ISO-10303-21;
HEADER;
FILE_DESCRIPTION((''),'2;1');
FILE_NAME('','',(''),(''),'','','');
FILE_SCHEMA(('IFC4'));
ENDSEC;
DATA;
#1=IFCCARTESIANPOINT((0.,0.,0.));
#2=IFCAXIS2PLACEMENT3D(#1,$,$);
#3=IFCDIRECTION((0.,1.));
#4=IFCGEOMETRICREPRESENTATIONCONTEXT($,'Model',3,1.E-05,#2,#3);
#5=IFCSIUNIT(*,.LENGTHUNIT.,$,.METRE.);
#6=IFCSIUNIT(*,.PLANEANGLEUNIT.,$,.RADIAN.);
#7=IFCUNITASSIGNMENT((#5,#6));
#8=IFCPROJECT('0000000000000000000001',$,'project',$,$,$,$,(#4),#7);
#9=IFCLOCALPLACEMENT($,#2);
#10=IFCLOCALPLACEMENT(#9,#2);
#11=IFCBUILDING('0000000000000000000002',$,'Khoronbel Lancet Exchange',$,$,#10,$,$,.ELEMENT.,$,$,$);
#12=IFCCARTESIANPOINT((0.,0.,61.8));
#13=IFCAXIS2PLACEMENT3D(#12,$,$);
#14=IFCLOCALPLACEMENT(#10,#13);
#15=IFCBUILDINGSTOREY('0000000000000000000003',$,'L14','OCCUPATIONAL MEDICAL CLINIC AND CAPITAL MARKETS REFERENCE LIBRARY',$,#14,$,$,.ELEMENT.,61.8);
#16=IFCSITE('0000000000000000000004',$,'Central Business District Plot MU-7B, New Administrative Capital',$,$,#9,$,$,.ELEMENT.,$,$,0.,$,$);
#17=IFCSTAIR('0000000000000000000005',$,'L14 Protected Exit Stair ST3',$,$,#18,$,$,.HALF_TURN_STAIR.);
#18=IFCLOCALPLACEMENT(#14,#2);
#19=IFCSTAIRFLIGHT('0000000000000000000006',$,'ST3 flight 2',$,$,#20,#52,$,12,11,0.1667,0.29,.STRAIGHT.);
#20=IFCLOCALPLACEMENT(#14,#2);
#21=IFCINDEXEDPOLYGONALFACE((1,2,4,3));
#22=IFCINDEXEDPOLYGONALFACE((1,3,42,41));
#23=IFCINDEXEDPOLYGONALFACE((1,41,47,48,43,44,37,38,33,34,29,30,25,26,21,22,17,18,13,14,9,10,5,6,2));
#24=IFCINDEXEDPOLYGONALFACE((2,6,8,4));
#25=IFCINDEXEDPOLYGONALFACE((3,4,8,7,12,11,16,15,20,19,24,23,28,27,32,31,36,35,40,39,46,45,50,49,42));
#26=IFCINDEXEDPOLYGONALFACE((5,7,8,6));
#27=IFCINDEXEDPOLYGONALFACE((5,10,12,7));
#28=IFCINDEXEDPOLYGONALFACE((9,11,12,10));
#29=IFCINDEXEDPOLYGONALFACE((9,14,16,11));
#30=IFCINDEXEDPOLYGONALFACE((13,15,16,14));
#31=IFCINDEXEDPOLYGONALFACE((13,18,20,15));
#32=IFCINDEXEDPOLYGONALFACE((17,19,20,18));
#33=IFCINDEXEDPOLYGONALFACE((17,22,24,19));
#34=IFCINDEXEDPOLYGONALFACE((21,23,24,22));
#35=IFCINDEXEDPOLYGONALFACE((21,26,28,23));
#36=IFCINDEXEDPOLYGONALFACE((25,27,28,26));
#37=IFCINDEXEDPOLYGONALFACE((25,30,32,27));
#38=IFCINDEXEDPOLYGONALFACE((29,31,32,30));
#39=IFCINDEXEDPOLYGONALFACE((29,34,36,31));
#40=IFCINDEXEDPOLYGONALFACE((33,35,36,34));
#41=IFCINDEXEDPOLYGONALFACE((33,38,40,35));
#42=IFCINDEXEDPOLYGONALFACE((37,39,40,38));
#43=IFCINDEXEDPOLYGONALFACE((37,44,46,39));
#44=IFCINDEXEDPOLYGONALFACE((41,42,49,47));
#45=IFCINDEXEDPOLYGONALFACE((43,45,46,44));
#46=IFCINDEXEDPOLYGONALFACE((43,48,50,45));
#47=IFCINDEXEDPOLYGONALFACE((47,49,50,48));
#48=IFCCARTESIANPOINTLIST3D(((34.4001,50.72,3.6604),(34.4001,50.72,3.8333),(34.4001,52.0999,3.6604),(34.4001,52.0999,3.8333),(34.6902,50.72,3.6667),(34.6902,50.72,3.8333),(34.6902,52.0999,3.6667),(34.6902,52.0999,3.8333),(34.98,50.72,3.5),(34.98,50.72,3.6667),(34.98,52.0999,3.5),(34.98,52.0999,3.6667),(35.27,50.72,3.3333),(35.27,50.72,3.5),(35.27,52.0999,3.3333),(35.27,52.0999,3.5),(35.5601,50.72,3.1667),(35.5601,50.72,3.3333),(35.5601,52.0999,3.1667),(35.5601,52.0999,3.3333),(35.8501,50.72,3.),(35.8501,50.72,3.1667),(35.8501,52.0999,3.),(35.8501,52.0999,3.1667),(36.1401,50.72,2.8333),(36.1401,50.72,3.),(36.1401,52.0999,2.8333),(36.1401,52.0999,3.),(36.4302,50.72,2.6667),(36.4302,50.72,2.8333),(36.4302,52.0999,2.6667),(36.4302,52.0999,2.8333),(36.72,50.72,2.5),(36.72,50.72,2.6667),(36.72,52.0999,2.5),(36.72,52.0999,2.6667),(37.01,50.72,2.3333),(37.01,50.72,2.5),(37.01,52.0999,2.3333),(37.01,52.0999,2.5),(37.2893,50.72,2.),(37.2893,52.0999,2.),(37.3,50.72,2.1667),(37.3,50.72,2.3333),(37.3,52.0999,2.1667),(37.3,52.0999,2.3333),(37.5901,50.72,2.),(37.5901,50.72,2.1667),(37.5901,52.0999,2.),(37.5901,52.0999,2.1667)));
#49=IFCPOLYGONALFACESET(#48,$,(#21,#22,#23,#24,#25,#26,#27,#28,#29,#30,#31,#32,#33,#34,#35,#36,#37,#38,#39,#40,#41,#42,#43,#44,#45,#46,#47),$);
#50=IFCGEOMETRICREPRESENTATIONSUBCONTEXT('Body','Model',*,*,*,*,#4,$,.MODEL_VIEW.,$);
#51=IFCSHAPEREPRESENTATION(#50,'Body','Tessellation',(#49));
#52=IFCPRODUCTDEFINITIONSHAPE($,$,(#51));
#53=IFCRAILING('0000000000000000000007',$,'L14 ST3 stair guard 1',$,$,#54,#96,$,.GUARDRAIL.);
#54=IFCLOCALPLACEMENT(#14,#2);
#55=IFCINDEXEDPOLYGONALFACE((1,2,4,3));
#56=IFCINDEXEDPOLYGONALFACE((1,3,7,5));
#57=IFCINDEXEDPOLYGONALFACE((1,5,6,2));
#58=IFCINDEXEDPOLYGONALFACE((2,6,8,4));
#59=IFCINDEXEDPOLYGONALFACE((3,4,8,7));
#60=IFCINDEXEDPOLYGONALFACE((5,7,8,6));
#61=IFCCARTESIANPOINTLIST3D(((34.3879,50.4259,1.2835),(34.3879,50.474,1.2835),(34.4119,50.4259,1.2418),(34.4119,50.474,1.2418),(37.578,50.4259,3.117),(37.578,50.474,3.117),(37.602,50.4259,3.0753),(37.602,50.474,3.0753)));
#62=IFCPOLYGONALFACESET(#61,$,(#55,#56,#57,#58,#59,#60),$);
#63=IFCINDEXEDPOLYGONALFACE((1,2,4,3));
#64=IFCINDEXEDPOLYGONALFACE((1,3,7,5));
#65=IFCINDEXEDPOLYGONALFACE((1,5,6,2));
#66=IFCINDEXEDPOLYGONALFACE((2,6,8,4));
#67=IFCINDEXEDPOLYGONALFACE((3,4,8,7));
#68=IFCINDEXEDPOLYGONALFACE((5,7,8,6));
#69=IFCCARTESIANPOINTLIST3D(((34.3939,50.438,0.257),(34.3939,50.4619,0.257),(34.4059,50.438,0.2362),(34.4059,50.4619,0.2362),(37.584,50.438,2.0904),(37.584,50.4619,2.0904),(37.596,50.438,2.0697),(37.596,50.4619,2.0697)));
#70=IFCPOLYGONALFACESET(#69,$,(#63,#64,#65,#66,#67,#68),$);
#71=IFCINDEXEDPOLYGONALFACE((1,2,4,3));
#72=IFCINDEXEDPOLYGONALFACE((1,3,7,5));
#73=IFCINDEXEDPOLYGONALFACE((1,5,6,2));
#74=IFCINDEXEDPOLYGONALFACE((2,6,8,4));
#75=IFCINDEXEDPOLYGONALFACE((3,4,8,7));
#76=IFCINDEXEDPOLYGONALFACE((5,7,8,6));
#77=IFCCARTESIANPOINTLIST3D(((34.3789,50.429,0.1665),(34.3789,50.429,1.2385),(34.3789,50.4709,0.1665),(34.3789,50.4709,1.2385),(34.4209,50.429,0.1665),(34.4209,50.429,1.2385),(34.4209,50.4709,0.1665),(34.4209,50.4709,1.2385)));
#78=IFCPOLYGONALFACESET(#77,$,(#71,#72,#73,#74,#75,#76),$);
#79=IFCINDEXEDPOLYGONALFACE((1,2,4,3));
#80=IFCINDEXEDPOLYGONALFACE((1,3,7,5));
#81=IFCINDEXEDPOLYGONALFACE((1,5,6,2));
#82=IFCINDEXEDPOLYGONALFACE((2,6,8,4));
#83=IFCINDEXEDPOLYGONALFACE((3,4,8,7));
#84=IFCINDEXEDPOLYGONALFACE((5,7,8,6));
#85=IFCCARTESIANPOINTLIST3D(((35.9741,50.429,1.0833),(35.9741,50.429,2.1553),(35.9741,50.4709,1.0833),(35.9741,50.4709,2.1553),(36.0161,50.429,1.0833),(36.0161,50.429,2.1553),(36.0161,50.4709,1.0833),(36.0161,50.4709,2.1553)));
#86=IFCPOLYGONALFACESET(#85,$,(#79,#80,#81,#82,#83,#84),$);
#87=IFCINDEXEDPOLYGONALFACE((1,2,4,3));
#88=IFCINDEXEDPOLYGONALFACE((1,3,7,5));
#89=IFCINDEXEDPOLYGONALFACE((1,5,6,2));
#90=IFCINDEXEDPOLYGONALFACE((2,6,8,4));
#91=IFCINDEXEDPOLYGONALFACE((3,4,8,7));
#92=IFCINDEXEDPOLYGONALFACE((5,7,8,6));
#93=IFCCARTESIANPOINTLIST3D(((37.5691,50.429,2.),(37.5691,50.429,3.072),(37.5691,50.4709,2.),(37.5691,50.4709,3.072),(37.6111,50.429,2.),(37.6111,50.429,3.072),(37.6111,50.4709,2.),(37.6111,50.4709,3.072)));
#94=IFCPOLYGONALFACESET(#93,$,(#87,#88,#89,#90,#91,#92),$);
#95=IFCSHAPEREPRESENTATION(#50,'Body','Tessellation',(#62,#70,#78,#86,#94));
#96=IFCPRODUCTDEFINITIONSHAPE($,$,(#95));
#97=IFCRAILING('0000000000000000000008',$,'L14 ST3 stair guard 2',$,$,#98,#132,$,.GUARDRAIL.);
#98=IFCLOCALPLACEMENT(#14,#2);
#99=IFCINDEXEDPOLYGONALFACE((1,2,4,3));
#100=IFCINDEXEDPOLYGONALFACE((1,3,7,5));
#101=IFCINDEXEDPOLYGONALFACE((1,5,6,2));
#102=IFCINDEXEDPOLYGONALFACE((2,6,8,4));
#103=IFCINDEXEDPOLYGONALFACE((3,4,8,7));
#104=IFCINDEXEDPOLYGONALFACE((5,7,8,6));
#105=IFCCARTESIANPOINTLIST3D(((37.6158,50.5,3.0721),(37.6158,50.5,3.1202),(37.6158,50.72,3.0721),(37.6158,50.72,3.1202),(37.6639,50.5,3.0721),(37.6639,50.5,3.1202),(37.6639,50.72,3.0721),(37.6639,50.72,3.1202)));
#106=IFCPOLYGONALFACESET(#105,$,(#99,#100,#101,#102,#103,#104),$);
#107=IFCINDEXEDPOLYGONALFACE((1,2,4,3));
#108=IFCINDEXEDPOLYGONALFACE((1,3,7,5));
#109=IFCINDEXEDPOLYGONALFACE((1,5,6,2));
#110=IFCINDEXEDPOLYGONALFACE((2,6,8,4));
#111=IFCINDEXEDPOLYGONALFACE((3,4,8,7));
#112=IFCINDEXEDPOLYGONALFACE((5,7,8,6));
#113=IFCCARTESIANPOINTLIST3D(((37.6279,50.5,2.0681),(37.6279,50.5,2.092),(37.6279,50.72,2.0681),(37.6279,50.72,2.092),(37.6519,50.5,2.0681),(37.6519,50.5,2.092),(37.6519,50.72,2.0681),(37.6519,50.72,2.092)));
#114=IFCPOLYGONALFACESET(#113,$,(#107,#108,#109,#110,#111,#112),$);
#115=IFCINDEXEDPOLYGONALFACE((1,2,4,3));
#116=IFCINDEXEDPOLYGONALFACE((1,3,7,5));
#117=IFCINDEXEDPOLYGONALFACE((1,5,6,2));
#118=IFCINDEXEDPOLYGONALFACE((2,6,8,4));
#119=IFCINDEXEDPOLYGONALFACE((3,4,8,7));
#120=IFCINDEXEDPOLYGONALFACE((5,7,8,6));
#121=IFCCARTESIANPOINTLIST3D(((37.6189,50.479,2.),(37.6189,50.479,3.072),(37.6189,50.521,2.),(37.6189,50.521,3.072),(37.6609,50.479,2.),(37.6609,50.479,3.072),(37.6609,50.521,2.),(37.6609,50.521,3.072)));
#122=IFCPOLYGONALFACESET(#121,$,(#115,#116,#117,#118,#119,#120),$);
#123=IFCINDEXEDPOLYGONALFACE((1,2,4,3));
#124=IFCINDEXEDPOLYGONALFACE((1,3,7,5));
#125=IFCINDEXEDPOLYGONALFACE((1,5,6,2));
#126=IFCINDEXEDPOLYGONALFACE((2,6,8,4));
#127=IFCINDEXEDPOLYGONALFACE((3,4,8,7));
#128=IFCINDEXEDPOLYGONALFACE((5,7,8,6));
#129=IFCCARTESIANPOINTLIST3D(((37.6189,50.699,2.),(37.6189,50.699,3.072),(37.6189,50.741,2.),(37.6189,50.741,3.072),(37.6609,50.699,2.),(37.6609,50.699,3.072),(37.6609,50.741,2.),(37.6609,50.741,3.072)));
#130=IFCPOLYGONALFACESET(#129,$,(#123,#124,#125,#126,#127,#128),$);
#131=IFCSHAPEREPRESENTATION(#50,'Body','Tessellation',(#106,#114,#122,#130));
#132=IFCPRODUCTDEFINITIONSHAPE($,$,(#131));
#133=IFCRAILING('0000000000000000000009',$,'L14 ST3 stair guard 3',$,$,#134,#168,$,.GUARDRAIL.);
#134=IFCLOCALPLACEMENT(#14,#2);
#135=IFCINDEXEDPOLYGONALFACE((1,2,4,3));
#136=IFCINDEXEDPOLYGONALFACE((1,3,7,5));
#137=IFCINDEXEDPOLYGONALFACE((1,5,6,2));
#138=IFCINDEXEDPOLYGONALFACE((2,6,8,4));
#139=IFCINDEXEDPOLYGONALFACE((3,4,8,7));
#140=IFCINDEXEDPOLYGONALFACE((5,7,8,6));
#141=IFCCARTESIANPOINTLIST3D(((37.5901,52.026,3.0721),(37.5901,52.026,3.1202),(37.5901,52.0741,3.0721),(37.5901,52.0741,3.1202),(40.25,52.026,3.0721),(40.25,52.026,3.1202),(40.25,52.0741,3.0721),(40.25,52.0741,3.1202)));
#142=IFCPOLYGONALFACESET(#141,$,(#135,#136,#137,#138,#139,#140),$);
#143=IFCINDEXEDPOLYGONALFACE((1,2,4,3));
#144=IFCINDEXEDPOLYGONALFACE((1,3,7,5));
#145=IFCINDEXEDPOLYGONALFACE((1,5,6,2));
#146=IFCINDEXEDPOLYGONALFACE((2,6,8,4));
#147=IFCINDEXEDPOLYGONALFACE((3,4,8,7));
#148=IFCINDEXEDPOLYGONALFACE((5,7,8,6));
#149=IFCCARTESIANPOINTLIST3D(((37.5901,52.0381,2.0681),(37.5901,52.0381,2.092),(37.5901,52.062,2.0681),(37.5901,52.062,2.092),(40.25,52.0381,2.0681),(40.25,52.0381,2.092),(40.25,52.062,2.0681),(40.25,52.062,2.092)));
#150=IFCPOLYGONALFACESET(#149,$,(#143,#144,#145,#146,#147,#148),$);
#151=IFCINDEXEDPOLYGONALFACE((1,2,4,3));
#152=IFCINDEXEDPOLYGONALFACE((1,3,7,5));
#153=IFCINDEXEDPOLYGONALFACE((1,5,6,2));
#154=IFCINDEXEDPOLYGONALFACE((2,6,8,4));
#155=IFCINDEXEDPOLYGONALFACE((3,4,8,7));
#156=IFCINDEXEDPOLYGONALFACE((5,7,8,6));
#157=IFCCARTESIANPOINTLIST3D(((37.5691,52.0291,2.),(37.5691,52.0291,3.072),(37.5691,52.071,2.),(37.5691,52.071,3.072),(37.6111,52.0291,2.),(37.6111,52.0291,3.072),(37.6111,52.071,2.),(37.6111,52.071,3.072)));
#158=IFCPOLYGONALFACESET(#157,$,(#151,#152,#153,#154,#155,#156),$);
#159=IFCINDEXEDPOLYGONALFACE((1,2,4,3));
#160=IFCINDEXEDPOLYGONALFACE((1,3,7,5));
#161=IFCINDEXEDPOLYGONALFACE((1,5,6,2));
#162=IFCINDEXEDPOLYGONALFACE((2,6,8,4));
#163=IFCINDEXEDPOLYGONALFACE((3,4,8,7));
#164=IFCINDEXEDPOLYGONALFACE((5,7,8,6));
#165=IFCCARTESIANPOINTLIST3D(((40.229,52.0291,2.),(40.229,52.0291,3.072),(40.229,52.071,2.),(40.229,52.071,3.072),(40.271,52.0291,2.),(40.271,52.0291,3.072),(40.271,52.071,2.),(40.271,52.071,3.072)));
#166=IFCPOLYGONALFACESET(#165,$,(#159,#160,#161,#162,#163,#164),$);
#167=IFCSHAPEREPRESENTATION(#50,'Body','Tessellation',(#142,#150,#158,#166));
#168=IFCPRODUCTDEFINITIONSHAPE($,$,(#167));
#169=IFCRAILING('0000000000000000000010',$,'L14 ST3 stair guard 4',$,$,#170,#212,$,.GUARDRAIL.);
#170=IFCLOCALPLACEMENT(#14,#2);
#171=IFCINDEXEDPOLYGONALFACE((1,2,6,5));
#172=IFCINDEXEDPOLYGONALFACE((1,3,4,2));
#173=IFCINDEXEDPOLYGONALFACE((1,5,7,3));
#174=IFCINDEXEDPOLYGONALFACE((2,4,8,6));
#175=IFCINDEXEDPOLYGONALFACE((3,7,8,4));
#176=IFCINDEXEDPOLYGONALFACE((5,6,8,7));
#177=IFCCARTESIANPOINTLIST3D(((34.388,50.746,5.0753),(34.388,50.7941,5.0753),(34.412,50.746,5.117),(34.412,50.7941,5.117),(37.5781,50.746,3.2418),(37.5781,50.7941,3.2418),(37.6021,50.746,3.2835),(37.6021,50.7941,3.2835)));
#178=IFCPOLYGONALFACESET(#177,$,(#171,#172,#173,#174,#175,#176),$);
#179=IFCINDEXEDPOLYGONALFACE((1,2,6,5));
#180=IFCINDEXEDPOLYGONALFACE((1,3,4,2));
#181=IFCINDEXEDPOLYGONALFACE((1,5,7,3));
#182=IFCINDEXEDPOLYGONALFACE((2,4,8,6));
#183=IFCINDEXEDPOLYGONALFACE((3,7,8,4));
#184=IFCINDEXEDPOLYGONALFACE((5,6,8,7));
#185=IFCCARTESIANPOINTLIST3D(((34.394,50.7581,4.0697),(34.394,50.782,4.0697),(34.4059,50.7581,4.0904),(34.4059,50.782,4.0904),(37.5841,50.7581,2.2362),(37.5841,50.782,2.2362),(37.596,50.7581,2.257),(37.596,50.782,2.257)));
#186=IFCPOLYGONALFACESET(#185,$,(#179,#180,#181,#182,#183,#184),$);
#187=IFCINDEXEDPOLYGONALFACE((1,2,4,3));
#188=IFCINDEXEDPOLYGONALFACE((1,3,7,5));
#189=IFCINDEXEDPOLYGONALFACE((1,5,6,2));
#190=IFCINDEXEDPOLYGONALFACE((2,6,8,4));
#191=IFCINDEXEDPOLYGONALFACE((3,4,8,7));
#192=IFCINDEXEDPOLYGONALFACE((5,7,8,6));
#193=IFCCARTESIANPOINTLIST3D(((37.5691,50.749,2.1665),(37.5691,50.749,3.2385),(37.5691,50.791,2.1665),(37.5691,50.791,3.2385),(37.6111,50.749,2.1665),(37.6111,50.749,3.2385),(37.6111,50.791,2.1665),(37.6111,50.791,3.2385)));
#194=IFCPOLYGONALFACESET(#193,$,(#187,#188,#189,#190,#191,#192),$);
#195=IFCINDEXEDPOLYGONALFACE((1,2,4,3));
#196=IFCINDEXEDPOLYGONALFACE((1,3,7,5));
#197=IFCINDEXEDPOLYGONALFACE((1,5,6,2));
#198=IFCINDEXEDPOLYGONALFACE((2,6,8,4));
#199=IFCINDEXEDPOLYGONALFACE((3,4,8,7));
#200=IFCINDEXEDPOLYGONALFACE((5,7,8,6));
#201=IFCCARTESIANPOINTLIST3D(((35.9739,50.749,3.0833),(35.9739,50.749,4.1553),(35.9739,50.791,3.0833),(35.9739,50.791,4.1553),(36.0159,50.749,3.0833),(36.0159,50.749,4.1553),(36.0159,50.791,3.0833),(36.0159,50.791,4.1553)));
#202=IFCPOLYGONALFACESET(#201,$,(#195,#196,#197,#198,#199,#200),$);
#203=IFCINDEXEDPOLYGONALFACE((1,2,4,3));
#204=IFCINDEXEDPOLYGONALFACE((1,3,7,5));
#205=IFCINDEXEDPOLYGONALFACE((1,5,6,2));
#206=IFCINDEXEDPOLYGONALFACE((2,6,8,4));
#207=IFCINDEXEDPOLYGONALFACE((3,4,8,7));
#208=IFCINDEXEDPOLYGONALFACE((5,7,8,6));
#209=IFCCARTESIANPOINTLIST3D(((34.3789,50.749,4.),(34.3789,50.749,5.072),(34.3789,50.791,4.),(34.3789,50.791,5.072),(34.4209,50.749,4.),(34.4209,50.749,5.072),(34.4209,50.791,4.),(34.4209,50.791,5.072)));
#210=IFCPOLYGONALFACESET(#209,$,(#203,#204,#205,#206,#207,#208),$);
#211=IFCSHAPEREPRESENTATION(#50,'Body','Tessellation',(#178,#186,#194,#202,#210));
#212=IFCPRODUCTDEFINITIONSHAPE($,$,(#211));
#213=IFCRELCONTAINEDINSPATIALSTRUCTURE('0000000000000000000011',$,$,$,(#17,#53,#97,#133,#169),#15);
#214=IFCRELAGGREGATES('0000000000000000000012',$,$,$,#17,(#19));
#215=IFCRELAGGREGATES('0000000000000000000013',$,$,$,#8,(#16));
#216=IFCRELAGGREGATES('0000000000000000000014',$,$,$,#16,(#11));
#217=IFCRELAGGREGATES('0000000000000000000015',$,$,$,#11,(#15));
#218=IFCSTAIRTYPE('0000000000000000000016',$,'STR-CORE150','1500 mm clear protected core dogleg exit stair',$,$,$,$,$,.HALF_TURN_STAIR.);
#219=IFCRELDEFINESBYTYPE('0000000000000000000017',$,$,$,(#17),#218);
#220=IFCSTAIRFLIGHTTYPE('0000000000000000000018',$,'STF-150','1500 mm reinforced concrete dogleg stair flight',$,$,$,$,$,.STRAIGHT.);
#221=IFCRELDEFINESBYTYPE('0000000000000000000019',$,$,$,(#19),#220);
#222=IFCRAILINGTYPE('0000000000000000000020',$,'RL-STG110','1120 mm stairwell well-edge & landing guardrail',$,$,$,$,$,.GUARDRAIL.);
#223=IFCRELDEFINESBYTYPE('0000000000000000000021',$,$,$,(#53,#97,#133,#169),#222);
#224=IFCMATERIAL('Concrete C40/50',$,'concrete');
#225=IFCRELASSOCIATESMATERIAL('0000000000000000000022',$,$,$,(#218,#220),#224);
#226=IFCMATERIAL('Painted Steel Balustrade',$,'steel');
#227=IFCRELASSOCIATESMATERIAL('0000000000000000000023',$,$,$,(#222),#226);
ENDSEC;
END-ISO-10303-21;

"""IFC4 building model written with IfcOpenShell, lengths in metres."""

from ifc_helpers import new_model, si_unit, direction, frame, origin, origin_2d, place, context, subcontext, project, spatial, polyline, rectangle, outline, extrude, material, type_object, element, aggregate, save


model = new_model("IFC4")

# Units and contexts
model_context = context("Model", 3, precision=1e-05, world=origin(), true_north=direction((0.0, 1.0)))
body_context = subcontext(model_context, "Body", "Model", "MODEL_VIEW")
ifc_project = project(units=[si_unit("LENGTHUNIT", "METRE"), si_unit("PLANEANGLEUNIT", "RADIAN")], contexts=[model_context])

# Site, building, storey
site_placement = place(None, origin())
site = spatial("IfcSite", under=ifc_project, at=site_placement, Name="Central Business District Plot MU-7B, New Administrative Capital", CompositionType="ELEMENT", RefElevation=0.0)
building_placement = place(site_placement, origin())
building = spatial("IfcBuilding", under=site, at=building_placement, Name="Khoronbel Lancet Exchange", CompositionType="ELEMENT")
storey_placement = place(building_placement, frame((0.0, 0.0, 61.8)))
storey = spatial("IfcBuildingStorey", under=building, at=storey_placement, Name="L14", Description="OCCUPATIONAL MEDICAL CLINIC AND CAPITAL MARKETS REFERENCE LIBRARY", CompositionType="ELEMENT", Elevation=61.8)

# Stair, stair flight
ifc_material_1 = material(Name="Concrete C40/50", Category="concrete")
stair_type = type_object("IfcStairType", Name="STR-CORE150", Description="1500 mm clear protected core dogleg exit stair", PredefinedType="HALF_TURN_STAIR", material=ifc_material_1)
stair_placement = place(storey_placement, origin())
stair = element("IfcStair", 1, at=stair_placement, inside=storey, type_object=stair_type, Name="L14 Protected Exit Stair ST3", PredefinedType="HALF_TURN_STAIR")
stair_flight_type = type_object("IfcStairFlightType", Name="STF-150", Description="1500 mm reinforced concrete dogleg stair flight", PredefinedType="STRAIGHT", material=ifc_material_1)
stair_flight_1_placement = place(storey_placement, frame((37.5901, 51.4099, 2.0), z_axis=(0.0, 0.0, 1.0), x_axis=(-1.0, 0.0, 0.0)))
stair_flight_1 = element("IfcStairFlight", 2, at=stair_flight_1_placement, type_object=stair_flight_type, Name="ST3 flight 2", NumberOfRisers=12, NumberOfTreads=11, PredefinedType="STRAIGHT", RiserHeight=0.1667, TreadLength=0.29, context=body_context, shape_type="SweptSolid", body=[
    extrude(outline(polyline([(0.0, 0.0), (0.0, 0.1667), (0.29, 0.1667), (0.29, 0.3333), (0.5801, 0.3333), (0.5801, 0.5), (0.8701, 0.5), (0.8701, 0.6667), (1.1599, 0.6667), (1.1599, 0.8333), (1.45, 0.8333), (1.45, 1.0), (1.74, 1.0), (1.74, 1.1667), (2.03, 1.1667), (2.03, 1.3333), (2.3201, 1.3333), (2.3201, 1.5), (2.6101, 1.5), (2.6101, 1.6667), (2.8999, 1.6667), (2.8999, 1.8333), (3.1899, 1.8333), (3.1899, 2.0), (3.1899, 1.6604), (0.3008, 0.0), (0.0, 0.0)])), frame((0.0, 0.6899, 0.0), z_axis=(0.0, -1.0, 0.0), x_axis=(1.0, 0.0, 0.0)), (0.0, 0.0, 1.0), 1.3799),
])
aggregate(stair, [stair_flight_1])

# Railings
ifc_material_2 = material(Name="Painted Steel Balustrade", Category="steel")
railing_type_1 = type_object("IfcRailingType", Name="RL-STG110", Description="1120 mm stairwell well-edge & landing guardrail", PredefinedType="GUARDRAIL", material=ifc_material_2)
railing_1_placement = place(storey_placement, frame((34.3999, 50.45, 0.1665)))
element("IfcRailing", 3, at=railing_1_placement, inside=storey, type_object=railing_type_1, Name="L14 ST3 stair guard 1", PredefinedType="GUARDRAIL", context=body_context, shape_type="SweptSolid", body=[
    extrude(rectangle(XDim=0.0481, YDim=0.0481, at=origin_2d()), frame((0.0, 0.0, 1.0962), z_axis=(0.867007, 0.0, 0.498295), x_axis=(0.0, 1.0, 0.0)), (0.0, 0.0, 1.0), 3.6794),
    extrude(rectangle(XDim=0.0239, YDim=0.0239, at=origin_2d()), frame((0.0, 0.0, 0.0801), z_axis=(0.867007, 0.0, 0.498295), x_axis=(0.0, 1.0, 0.0)), (0.0, 0.0, 1.0), 3.6794),
    extrude(rectangle(XDim=0.042, YDim=0.042, at=origin_2d()), origin(), (0.0, 0.0, 1.0), 1.072),
    extrude(rectangle(XDim=0.042, YDim=0.042, at=origin_2d()), frame((1.5952, 0.0, 0.9167)), (0.0, 0.0, 1.0), 1.072),
    extrude(rectangle(XDim=0.042, YDim=0.042, at=origin_2d()), frame((3.1902, 0.0, 1.8335)), (0.0, 0.0, 1.0), 1.072),
])
railing_2_placement = place(storey_placement, frame((37.6399, 50.5, 2.0)))
element("IfcRailing", 4, at=railing_2_placement, inside=storey, type_object=railing_type_1, Name="L14 ST3 stair guard 2", PredefinedType="GUARDRAIL", context=body_context, shape_type="SweptSolid", body=[
    extrude(rectangle(XDim=0.0481, YDim=0.0481, at=origin_2d()), frame((0.0, 0.0, 1.0962), z_axis=(0.0, 1.0, 0.0), x_axis=(-1.0, 0.0, 0.0)), (0.0, 0.0, 1.0), 0.22),
    extrude(rectangle(XDim=0.0239, YDim=0.0239, at=origin_2d()), frame((0.0, 0.0, 0.0801), z_axis=(0.0, 1.0, 0.0), x_axis=(-1.0, 0.0, 0.0)), (0.0, 0.0, 1.0), 0.22),
    extrude(rectangle(XDim=0.042, YDim=0.042, at=origin_2d()), origin(), (0.0, 0.0, 1.0), 1.072),
    extrude(rectangle(XDim=0.042, YDim=0.042, at=origin_2d()), frame((0.0, 0.22, 0.0)), (0.0, 0.0, 1.0), 1.072),
])
railing_3_placement = place(storey_placement, frame((37.5901, 52.05, 2.0)))
element("IfcRailing", 5, at=railing_3_placement, inside=storey, type_object=railing_type_1, Name="L14 ST3 stair guard 3", PredefinedType="GUARDRAIL", context=body_context, shape_type="SweptSolid", body=[
    extrude(rectangle(XDim=0.0481, YDim=0.0481, at=origin_2d()), frame((0.0, 0.0, 1.0962), z_axis=(1.0, 0.0, 0.0), x_axis=(0.0, 1.0, 0.0)), (0.0, 0.0, 1.0), 2.6599),
    extrude(rectangle(XDim=0.0239, YDim=0.0239, at=origin_2d()), frame((0.0, 0.0, 0.0801), z_axis=(1.0, 0.0, 0.0), x_axis=(0.0, 1.0, 0.0)), (0.0, 0.0, 1.0), 2.6599),
    extrude(rectangle(XDim=0.042, YDim=0.042, at=origin_2d()), origin(), (0.0, 0.0, 1.0), 1.072),
    extrude(rectangle(XDim=0.042, YDim=0.042, at=origin_2d()), frame((2.6599, 0.0, 0.0)), (0.0, 0.0, 1.0), 1.072),
])
railing_4_placement = place(storey_placement, frame((37.5901, 50.77, 2.1665)))
element("IfcRailing", 6, at=railing_4_placement, inside=storey, type_object=railing_type_1, Name="L14 ST3 stair guard 4", PredefinedType="GUARDRAIL", context=body_context, shape_type="SweptSolid", body=[
    extrude(rectangle(XDim=0.0481, YDim=0.0481, at=origin_2d()), frame((0.0, 0.0, 1.0962), z_axis=(-0.867007, 0.0, 0.498295), x_axis=(0.0, -1.0, 0.0)), (0.0, 0.0, 1.0), 3.6794),
    extrude(rectangle(XDim=0.0239, YDim=0.0239, at=origin_2d()), frame((0.0, 0.0, 0.0801), z_axis=(-0.867007, 0.0, 0.498295), x_axis=(0.0, -1.0, 0.0)), (0.0, 0.0, 1.0), 3.6794),
    extrude(rectangle(XDim=0.042, YDim=0.042, at=origin_2d()), origin(), (0.0, 0.0, 1.0), 1.072),
    extrude(rectangle(XDim=0.042, YDim=0.042, at=origin_2d()), frame((-1.5952, 0.0, 0.9167)), (0.0, 0.0, 1.0), 1.072),
    extrude(rectangle(XDim=0.042, YDim=0.042, at=origin_2d()), frame((-3.1902, 0.0, 1.8335)), (0.0, 0.0, 1.0), 1.072),
])

save(model, "model.ifc")
